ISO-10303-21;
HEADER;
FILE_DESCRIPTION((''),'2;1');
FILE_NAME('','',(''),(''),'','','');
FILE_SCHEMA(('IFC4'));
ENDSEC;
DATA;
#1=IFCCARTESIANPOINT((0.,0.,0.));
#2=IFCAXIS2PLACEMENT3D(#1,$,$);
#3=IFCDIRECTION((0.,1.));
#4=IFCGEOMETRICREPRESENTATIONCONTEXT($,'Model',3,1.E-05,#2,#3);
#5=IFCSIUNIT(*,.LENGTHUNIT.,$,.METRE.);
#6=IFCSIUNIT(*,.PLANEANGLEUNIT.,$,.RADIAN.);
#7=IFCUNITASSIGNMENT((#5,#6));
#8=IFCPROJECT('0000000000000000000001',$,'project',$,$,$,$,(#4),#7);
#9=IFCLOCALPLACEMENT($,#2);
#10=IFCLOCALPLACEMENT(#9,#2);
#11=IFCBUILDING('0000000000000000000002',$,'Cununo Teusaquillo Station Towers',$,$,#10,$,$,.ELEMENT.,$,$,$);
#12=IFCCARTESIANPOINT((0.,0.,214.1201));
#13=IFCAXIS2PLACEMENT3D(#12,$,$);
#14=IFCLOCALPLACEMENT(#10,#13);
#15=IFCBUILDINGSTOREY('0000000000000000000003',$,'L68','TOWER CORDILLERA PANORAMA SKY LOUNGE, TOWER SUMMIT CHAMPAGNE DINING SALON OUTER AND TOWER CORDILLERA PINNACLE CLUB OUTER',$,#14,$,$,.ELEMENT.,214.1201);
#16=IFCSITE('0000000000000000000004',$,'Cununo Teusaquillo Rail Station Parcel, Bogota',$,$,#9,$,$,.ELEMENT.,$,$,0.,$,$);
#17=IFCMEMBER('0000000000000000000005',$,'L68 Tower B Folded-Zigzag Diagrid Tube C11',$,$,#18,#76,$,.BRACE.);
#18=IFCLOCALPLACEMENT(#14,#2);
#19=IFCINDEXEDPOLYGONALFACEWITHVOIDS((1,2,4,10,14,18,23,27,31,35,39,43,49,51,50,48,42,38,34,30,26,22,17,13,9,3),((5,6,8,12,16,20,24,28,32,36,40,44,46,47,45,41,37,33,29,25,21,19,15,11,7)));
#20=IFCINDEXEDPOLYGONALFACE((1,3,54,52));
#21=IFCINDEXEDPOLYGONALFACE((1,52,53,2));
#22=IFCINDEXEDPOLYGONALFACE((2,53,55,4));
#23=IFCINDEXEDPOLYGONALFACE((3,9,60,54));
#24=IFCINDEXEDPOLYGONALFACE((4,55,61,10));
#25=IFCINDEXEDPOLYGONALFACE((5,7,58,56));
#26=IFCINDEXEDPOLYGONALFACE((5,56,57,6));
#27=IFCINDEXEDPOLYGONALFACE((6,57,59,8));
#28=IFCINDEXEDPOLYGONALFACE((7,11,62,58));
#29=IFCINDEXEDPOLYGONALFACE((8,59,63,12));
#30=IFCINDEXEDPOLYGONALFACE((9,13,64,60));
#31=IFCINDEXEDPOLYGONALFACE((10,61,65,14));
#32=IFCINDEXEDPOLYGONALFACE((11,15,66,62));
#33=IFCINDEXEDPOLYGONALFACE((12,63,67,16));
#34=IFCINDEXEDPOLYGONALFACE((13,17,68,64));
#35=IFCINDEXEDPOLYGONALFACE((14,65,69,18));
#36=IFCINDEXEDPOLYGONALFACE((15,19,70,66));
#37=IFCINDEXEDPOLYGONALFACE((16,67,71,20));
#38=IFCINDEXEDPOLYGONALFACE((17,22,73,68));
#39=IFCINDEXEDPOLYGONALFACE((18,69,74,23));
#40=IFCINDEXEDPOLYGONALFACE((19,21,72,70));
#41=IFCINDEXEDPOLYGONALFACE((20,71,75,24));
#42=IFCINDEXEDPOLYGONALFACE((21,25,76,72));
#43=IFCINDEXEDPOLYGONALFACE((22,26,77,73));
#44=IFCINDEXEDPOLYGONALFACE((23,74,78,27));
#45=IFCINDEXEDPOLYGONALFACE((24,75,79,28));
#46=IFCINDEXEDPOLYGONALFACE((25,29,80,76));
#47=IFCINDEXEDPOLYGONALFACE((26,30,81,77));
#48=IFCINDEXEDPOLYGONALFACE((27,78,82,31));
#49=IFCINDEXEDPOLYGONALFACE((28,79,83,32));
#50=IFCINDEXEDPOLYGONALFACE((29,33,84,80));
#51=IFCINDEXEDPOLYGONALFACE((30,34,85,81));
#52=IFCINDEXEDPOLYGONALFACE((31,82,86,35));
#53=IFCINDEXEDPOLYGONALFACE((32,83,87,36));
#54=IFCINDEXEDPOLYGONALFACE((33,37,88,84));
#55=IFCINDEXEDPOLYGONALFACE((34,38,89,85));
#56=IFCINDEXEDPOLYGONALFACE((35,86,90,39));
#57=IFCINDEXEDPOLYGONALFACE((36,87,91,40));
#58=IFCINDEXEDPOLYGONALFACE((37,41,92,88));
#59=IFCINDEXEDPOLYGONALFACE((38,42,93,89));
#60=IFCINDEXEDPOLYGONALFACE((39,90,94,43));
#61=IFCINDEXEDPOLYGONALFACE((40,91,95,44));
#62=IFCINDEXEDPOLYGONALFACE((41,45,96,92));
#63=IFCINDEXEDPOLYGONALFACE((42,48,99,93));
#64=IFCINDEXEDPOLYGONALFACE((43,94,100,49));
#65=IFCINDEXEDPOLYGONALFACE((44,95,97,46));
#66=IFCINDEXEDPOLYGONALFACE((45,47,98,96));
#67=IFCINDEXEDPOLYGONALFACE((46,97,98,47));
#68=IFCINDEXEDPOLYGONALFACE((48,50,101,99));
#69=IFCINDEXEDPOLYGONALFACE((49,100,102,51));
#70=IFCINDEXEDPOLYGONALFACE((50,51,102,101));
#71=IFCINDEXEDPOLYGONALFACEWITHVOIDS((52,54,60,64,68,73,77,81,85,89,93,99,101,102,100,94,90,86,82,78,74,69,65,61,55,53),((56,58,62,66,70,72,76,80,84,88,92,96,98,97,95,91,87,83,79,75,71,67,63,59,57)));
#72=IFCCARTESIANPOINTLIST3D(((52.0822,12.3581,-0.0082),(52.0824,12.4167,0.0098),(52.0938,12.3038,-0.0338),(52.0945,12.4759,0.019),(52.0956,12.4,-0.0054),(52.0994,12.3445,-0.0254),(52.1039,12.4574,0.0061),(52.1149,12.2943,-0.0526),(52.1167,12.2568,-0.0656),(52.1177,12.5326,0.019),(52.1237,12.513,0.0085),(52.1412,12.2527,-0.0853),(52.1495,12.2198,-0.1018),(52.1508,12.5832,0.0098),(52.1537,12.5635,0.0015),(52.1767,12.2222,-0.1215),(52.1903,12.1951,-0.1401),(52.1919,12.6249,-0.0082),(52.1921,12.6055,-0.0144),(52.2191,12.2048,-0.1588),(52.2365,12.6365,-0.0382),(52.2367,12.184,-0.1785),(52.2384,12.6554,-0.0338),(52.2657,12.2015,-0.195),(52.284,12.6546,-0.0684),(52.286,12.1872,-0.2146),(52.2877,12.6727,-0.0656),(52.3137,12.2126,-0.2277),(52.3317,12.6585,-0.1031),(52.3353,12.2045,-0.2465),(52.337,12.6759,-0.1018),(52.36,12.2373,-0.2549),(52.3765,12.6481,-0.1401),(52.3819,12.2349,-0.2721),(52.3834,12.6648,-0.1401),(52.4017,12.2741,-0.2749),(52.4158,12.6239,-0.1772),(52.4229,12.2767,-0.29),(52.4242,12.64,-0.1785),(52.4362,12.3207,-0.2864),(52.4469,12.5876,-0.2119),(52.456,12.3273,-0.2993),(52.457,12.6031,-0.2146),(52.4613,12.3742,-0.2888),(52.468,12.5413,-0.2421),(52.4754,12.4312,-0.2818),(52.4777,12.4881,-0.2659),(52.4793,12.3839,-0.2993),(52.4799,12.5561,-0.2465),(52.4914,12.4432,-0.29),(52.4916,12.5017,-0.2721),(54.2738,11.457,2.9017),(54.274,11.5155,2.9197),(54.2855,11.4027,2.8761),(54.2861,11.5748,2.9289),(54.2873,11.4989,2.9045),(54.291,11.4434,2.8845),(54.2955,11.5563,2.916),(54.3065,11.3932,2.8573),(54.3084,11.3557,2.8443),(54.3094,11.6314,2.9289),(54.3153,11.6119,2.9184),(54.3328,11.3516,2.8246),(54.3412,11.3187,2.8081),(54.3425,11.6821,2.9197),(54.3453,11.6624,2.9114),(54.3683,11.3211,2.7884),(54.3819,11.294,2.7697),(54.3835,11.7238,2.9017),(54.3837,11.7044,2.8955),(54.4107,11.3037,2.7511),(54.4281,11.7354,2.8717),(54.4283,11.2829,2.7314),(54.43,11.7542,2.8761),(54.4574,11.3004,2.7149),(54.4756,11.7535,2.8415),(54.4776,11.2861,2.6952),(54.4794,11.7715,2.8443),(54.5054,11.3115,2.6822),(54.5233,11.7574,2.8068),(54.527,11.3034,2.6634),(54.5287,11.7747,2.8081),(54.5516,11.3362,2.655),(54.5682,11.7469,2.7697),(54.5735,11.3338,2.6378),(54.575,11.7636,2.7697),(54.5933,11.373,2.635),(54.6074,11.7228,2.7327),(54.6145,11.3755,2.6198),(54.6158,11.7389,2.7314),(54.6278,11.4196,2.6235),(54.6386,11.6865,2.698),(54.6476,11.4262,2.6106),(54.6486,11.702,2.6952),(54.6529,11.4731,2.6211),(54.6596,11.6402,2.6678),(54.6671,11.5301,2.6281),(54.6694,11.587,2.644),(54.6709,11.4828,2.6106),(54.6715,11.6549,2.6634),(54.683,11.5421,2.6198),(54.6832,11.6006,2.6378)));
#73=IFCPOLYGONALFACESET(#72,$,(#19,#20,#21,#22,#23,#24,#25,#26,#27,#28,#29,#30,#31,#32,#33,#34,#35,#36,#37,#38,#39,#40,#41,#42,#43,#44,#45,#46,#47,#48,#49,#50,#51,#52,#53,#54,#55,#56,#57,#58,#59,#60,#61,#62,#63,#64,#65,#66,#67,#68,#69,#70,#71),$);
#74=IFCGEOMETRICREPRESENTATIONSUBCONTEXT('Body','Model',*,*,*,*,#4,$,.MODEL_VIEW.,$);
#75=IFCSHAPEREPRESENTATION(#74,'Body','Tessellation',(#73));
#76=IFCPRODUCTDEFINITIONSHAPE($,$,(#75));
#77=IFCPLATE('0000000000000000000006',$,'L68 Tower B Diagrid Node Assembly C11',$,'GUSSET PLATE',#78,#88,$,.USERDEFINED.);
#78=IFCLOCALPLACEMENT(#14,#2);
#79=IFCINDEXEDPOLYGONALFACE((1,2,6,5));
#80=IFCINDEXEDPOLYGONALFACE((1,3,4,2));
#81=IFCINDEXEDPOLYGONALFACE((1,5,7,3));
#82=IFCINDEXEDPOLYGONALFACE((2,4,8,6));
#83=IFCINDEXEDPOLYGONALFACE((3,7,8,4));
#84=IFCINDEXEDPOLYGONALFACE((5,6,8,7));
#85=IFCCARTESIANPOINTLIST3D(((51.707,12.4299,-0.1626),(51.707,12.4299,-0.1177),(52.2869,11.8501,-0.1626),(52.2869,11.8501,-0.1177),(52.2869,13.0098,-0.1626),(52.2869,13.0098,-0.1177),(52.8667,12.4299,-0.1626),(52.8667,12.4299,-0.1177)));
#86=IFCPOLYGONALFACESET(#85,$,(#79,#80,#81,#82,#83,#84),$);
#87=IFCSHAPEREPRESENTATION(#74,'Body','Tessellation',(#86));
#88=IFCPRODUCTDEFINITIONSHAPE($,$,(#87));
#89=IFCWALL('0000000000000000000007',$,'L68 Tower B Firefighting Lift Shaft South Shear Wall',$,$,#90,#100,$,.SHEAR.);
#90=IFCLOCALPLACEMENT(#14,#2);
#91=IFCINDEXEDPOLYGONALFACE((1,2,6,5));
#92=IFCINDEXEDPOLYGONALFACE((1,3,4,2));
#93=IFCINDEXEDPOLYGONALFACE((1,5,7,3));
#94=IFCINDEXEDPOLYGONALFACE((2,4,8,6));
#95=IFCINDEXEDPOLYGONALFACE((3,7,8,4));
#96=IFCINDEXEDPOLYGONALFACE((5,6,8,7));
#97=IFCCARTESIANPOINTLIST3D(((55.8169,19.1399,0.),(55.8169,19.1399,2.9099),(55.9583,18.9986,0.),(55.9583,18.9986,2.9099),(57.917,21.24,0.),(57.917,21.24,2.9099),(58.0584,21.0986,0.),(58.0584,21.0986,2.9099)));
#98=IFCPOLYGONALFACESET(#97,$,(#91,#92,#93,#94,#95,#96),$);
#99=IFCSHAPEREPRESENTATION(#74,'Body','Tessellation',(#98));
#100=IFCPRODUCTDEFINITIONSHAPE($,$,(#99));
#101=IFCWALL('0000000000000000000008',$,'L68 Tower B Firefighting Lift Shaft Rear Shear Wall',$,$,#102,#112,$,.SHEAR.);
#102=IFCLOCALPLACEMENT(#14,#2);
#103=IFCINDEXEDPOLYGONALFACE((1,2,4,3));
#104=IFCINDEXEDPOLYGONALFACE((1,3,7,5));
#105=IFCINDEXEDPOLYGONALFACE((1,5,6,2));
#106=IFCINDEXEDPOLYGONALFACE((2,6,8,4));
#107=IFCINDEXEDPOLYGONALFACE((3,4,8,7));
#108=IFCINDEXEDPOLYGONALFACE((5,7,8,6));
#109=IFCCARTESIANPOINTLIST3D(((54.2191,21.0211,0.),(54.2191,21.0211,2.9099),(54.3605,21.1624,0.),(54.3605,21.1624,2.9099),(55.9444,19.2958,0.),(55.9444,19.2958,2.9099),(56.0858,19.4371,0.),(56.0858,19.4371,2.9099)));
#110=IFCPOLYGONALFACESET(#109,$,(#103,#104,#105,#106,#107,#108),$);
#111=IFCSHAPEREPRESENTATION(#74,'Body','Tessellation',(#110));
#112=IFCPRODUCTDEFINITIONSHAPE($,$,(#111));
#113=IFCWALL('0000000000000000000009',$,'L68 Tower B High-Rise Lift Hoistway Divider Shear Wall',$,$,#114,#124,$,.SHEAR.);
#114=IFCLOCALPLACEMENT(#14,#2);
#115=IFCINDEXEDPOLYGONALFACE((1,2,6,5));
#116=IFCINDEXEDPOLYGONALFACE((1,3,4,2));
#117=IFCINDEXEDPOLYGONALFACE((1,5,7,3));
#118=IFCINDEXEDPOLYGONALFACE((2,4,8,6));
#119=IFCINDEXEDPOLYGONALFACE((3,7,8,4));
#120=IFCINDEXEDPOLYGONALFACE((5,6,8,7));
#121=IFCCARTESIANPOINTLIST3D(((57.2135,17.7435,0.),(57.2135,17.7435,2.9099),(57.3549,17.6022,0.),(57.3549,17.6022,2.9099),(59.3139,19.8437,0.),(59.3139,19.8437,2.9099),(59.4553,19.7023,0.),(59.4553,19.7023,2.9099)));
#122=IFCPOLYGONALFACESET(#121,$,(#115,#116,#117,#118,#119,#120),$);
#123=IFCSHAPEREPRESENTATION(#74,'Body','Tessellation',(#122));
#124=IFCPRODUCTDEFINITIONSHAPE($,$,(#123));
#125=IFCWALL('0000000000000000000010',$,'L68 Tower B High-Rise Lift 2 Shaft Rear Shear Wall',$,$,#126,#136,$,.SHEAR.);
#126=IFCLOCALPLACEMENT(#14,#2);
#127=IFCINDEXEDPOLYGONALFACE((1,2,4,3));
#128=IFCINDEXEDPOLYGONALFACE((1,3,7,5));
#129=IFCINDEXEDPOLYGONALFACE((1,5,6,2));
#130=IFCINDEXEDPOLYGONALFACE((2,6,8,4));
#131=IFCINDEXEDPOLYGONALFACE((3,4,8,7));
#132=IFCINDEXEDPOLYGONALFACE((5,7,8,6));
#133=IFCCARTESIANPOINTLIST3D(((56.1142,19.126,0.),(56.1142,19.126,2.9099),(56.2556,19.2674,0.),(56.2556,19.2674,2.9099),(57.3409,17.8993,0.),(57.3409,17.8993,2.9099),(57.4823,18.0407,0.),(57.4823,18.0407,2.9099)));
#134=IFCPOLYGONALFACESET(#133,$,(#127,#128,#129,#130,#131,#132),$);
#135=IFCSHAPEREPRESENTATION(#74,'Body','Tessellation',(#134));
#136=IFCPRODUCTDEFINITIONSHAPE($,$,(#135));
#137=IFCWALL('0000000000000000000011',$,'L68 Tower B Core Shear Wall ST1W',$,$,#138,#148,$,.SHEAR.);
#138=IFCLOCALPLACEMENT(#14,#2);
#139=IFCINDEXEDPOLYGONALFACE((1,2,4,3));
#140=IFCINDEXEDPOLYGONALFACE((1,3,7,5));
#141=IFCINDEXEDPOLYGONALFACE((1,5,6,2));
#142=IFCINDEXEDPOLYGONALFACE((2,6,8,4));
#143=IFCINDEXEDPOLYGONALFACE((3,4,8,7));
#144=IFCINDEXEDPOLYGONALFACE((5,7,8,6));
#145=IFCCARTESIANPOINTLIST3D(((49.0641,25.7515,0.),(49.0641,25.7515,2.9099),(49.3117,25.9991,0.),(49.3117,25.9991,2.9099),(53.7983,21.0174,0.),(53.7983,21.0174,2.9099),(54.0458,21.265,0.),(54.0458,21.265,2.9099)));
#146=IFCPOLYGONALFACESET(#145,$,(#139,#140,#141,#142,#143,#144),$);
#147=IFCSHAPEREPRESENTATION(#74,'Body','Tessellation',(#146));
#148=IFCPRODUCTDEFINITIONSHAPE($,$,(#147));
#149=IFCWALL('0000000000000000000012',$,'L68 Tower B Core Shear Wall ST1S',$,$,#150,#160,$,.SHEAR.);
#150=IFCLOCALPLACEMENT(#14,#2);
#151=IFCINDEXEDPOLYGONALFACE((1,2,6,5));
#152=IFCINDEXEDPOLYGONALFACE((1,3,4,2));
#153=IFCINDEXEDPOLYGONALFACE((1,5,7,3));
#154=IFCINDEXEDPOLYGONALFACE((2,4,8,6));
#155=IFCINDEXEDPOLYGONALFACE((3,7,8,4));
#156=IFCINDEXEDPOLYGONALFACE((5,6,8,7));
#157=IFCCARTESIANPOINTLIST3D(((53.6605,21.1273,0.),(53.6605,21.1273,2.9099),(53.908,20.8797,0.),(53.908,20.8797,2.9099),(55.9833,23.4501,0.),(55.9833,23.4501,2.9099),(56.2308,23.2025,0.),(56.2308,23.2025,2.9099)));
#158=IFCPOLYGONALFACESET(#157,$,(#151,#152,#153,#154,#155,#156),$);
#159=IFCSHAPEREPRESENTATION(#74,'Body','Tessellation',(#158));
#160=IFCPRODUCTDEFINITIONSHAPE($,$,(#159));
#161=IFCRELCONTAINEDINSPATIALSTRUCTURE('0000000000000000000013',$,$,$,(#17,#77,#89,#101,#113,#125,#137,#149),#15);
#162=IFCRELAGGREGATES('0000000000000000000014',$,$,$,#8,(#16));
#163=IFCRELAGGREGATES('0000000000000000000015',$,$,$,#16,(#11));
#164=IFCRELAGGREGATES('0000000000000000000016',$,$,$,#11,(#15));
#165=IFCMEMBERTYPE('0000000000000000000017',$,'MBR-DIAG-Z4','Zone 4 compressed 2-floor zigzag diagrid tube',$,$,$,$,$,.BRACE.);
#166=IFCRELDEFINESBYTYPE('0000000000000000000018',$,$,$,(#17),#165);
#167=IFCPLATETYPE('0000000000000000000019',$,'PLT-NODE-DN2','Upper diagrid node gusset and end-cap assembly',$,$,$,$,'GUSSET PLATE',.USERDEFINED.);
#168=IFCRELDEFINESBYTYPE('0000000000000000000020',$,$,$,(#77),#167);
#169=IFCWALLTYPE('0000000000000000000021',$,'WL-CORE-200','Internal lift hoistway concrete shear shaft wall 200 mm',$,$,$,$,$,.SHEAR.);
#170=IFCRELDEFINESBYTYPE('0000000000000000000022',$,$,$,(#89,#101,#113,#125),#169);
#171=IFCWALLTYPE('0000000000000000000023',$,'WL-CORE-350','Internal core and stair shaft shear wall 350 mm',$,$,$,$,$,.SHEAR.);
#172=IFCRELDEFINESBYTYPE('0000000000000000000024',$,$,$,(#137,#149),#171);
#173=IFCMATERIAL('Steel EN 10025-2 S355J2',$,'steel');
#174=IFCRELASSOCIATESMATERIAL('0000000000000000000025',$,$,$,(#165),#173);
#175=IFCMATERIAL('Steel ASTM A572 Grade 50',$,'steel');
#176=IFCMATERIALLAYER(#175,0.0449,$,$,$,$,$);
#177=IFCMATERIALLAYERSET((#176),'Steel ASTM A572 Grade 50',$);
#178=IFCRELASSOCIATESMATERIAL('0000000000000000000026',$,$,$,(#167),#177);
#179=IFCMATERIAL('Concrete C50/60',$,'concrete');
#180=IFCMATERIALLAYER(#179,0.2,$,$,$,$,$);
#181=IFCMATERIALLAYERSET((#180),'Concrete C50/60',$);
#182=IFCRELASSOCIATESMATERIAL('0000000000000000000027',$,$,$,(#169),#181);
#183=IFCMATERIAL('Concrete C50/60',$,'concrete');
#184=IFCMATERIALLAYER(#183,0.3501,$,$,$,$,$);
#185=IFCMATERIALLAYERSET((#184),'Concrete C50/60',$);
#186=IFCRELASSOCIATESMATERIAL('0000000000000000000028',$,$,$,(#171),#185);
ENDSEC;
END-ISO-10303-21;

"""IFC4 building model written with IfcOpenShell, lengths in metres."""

from ifc_helpers import new_model, si_unit, direction, frame, frame_2d, origin, origin_2d, place, context, subcontext, project, spatial, rectangle, hollow_circle, extrude, source, transform, mapped, material, layer, layer_set, material_profile, profile_set, type_object, element, save


model = new_model("IFC4")

# Units and contexts
model_context = context("Model", 3, precision=1e-05, world=origin(), true_north=direction((0.0, 1.0)))
body_context = subcontext(model_context, "Body", "Model", "MODEL_VIEW")
ifc_project = project(units=[si_unit("LENGTHUNIT", "METRE"), si_unit("PLANEANGLEUNIT", "RADIAN")], contexts=[model_context])

# Site, building, storey
site_placement = place(None, origin())
site = spatial("IfcSite", under=ifc_project, at=site_placement, Name="Cununo Teusaquillo Rail Station Parcel, Bogota", CompositionType="ELEMENT", RefElevation=0.0)
building_placement = place(site_placement, origin())
building = spatial("IfcBuilding", under=site, at=building_placement, Name="Cununo Teusaquillo Station Towers", CompositionType="ELEMENT")
storey_placement = place(building_placement, frame((0.0, 0.0, 214.1201)))
storey = spatial("IfcBuildingStorey", under=building, at=storey_placement, Name="L68", Description="TOWER CORDILLERA PANORAMA SKY LOUNGE, TOWER SUMMIT CHAMPAGNE DINING SALON OUTER AND TOWER CORDILLERA PINNACLE CLUB OUTER", CompositionType="ELEMENT", Elevation=214.1201)

# Member
ifc_material_1 = material(Name="Steel EN 10025-2 S355J2", Category="steel")
ifc_material_profile_1 = material_profile(ifc_material_1, hollow_circle(Radius=0.2539, WallThickness=0.0181, at=origin_2d()), Name="CHS 508x18")
ifc_profile_set_1 = profile_set([ifc_material_profile_1], Name="Steel EN 10025-2 S355J2")
member_type = type_object("IfcMemberType", Name="MBR-DIAG-Z4", Description="Zone 4 compressed 2-floor zigzag diagrid tube", PredefinedType="BRACE", material=ifc_profile_set_1)
member_placement = place(storey_placement, frame((52.2869, 12.4299, -0.1401), z_axis=(0.584016, -0.240125, 0.775413), x_axis=(0.380273, 0.924874, 0.0)))
element("IfcMember", 1, at=member_placement, inside=storey, type_object=member_type, Name="L68 Tower B Folded-Zigzag Diagrid Tube C11", PredefinedType="BRACE", context=body_context, shape_type="SweptSolid", body=[
    extrude(hollow_circle(Radius=0.2539, WallThickness=0.0181, at=origin_2d()), origin(), (0.0, 0.0, 1.0), 3.7527),
])

# Plate
ifc_material_2 = material(Name="Steel ASTM A572 Grade 50", Category="steel")
ifc_layer_1 = layer(ifc_material_2, 0.0449)
ifc_layer_set_1 = layer_set([ifc_layer_1], Name="Steel ASTM A572 Grade 50")
plate_type = type_object("IfcPlateType", Name="PLT-NODE-DN2", Description="Upper diagrid node gusset and end-cap assembly", ElementType="GUSSET PLATE", PredefinedType="USERDEFINED", material=ifc_layer_set_1)
shared_shape_1 = source(origin(), body_context, "Body", "SweptSolid", [
    extrude(rectangle(XDim=0.8201, YDim=0.8201, at=origin_2d()), origin(), (0.0, 0.0, 1.0), 0.0449),
])
plate_placement = place(storey_placement, frame((52.2869, 12.4299, -0.1626), z_axis=(0.0, 0.0, 1.0), x_axis=(0.707107, 0.707107, 0.0)))
element("IfcPlate", 2, at=plate_placement, inside=storey, type_object=plate_type, Name="L68 Tower B Diagrid Node Assembly C11", ObjectType="GUSSET PLATE", PredefinedType="USERDEFINED", context=body_context, shape_type="MappedRepresentation", body=[
    mapped(shared_shape_1, transform((0.0, 0.0, 0.0), x_axis=(1.0, 0.0, 0.0), y_axis=(0.0, 1.0, 0.0), z_axis=(0.0, 0.0, 1.0), scale=1.0)),
])

# Walls
ifc_material_3 = material(Name="Concrete C50/60", Category="concrete")
ifc_layer_2 = layer(ifc_material_3, 0.2)
ifc_layer_set_2 = layer_set([ifc_layer_2], Name="Concrete C50/60")
wall_type_1 = type_object("IfcWallType", Name="WL-CORE-200", Description="Internal lift hoistway concrete shear shaft wall 200 mm", PredefinedType="SHEAR", material=ifc_layer_set_2)
wall_1_placement = place(storey_placement, frame((55.8877, 19.0693, 0.0), z_axis=(0.0, 0.0, 1.0), x_axis=(0.707107, 0.707107, 0.0)))
element("IfcWall", 3, at=wall_1_placement, inside=storey, type_object=wall_type_1, Name="L68 Tower B Firefighting Lift Shaft South Shear Wall", PredefinedType="SHEAR", context=body_context, shape_type="SweptSolid", body=[
    extrude(rectangle(XDim=2.97, YDim=0.2, at=frame_2d((1.4849, 0.0))), origin(), (0.0, 0.0, 1.0), 2.9099),
])
wall_2_placement = place(storey_placement, frame((56.0151, 19.3665, 0.0), z_axis=(0.0, 0.0, 1.0), x_axis=(-0.707107, 0.707107, 0.0)))
element("IfcWall", 4, at=wall_2_placement, inside=storey, type_object=wall_type_1, Name="L68 Tower B Firefighting Lift Shaft Rear Shear Wall", PredefinedType="SHEAR", context=body_context, shape_type="SweptSolid", body=[
    extrude(rectangle(XDim=2.4399, YDim=0.2, at=frame_2d((1.22, 0.0))), origin(), (0.0, 0.0, 1.0), 2.9099),
])
wall_3_placement = place(storey_placement, frame((57.2842, 17.6729, 0.0), z_axis=(0.0, 0.0, 1.0), x_axis=(0.707148, 0.707066, 0.0)))
element("IfcWall", 5, at=wall_3_placement, inside=storey, type_object=wall_type_1, Name="L68 Tower B High-Rise Lift Hoistway Divider Shear Wall", PredefinedType="SHEAR", context=body_context, shape_type="SweptSolid", body=[
    extrude(rectangle(XDim=2.9702, YDim=0.2, at=frame_2d((1.4851, 0.0))), origin(), (0.0, 0.0, 1.0), 2.9099),
])
wall_4_placement = place(storey_placement, frame((57.4116, 17.97, 0.0), z_axis=(0.0, 0.0, 1.0), x_axis=(-0.707107, 0.707107, 0.0)))
element("IfcWall", 6, at=wall_4_placement, inside=storey, type_object=wall_type_1, Name="L68 Tower B High-Rise Lift 2 Shaft Rear Shear Wall", PredefinedType="SHEAR", context=body_context, shape_type="SweptSolid", body=[
    extrude(rectangle(XDim=1.7349, YDim=0.2, at=frame_2d((0.8674, 0.0))), origin(), (0.0, 0.0, 1.0), 2.9099),
])
ifc_material_4 = material(Name="Concrete C50/60", Category="concrete")
ifc_layer_3 = layer(ifc_material_4, 0.3501)
ifc_layer_set_3 = layer_set([ifc_layer_3], Name="Concrete C50/60")
wall_type_2 = type_object("IfcWallType", Name="WL-CORE-350", Description="Internal core and stair shaft shear wall 350 mm", PredefinedType="SHEAR", material=ifc_layer_set_3)
wall_5_placement = place(storey_placement, frame((53.9221, 21.1411, 0.0), z_axis=(0.0, 0.0, 1.0), x_axis=(-0.707107, 0.707107, 0.0)))
element("IfcWall", 7, at=wall_5_placement, inside=storey, type_object=wall_type_2, Name="L68 Tower B Core Shear Wall ST1W", PredefinedType="SHEAR", context=body_context, shape_type="SweptSolid", body=[
    extrude(rectangle(XDim=6.6951, YDim=0.3501, at=frame_2d((3.3477, 0.0))), origin(), (0.0, 0.0, 1.0), 2.9099),
])
wall_6_placement = place(storey_placement, frame((53.7842, 21.0034, 0.0), z_axis=(0.0, 0.0, 1.0), x_axis=(0.707107, 0.707107, 0.0)))
element("IfcWall", 8, at=wall_6_placement, inside=storey, type_object=wall_type_2, Name="L68 Tower B Core Shear Wall ST1S", PredefinedType="SHEAR", context=body_context, shape_type="SweptSolid", body=[
    extrude(rectangle(XDim=3.2849, YDim=0.3501, at=frame_2d((1.6426, 0.0))), origin(), (0.0, 0.0, 1.0), 2.9099),
])

save(model, "model.ifc")
